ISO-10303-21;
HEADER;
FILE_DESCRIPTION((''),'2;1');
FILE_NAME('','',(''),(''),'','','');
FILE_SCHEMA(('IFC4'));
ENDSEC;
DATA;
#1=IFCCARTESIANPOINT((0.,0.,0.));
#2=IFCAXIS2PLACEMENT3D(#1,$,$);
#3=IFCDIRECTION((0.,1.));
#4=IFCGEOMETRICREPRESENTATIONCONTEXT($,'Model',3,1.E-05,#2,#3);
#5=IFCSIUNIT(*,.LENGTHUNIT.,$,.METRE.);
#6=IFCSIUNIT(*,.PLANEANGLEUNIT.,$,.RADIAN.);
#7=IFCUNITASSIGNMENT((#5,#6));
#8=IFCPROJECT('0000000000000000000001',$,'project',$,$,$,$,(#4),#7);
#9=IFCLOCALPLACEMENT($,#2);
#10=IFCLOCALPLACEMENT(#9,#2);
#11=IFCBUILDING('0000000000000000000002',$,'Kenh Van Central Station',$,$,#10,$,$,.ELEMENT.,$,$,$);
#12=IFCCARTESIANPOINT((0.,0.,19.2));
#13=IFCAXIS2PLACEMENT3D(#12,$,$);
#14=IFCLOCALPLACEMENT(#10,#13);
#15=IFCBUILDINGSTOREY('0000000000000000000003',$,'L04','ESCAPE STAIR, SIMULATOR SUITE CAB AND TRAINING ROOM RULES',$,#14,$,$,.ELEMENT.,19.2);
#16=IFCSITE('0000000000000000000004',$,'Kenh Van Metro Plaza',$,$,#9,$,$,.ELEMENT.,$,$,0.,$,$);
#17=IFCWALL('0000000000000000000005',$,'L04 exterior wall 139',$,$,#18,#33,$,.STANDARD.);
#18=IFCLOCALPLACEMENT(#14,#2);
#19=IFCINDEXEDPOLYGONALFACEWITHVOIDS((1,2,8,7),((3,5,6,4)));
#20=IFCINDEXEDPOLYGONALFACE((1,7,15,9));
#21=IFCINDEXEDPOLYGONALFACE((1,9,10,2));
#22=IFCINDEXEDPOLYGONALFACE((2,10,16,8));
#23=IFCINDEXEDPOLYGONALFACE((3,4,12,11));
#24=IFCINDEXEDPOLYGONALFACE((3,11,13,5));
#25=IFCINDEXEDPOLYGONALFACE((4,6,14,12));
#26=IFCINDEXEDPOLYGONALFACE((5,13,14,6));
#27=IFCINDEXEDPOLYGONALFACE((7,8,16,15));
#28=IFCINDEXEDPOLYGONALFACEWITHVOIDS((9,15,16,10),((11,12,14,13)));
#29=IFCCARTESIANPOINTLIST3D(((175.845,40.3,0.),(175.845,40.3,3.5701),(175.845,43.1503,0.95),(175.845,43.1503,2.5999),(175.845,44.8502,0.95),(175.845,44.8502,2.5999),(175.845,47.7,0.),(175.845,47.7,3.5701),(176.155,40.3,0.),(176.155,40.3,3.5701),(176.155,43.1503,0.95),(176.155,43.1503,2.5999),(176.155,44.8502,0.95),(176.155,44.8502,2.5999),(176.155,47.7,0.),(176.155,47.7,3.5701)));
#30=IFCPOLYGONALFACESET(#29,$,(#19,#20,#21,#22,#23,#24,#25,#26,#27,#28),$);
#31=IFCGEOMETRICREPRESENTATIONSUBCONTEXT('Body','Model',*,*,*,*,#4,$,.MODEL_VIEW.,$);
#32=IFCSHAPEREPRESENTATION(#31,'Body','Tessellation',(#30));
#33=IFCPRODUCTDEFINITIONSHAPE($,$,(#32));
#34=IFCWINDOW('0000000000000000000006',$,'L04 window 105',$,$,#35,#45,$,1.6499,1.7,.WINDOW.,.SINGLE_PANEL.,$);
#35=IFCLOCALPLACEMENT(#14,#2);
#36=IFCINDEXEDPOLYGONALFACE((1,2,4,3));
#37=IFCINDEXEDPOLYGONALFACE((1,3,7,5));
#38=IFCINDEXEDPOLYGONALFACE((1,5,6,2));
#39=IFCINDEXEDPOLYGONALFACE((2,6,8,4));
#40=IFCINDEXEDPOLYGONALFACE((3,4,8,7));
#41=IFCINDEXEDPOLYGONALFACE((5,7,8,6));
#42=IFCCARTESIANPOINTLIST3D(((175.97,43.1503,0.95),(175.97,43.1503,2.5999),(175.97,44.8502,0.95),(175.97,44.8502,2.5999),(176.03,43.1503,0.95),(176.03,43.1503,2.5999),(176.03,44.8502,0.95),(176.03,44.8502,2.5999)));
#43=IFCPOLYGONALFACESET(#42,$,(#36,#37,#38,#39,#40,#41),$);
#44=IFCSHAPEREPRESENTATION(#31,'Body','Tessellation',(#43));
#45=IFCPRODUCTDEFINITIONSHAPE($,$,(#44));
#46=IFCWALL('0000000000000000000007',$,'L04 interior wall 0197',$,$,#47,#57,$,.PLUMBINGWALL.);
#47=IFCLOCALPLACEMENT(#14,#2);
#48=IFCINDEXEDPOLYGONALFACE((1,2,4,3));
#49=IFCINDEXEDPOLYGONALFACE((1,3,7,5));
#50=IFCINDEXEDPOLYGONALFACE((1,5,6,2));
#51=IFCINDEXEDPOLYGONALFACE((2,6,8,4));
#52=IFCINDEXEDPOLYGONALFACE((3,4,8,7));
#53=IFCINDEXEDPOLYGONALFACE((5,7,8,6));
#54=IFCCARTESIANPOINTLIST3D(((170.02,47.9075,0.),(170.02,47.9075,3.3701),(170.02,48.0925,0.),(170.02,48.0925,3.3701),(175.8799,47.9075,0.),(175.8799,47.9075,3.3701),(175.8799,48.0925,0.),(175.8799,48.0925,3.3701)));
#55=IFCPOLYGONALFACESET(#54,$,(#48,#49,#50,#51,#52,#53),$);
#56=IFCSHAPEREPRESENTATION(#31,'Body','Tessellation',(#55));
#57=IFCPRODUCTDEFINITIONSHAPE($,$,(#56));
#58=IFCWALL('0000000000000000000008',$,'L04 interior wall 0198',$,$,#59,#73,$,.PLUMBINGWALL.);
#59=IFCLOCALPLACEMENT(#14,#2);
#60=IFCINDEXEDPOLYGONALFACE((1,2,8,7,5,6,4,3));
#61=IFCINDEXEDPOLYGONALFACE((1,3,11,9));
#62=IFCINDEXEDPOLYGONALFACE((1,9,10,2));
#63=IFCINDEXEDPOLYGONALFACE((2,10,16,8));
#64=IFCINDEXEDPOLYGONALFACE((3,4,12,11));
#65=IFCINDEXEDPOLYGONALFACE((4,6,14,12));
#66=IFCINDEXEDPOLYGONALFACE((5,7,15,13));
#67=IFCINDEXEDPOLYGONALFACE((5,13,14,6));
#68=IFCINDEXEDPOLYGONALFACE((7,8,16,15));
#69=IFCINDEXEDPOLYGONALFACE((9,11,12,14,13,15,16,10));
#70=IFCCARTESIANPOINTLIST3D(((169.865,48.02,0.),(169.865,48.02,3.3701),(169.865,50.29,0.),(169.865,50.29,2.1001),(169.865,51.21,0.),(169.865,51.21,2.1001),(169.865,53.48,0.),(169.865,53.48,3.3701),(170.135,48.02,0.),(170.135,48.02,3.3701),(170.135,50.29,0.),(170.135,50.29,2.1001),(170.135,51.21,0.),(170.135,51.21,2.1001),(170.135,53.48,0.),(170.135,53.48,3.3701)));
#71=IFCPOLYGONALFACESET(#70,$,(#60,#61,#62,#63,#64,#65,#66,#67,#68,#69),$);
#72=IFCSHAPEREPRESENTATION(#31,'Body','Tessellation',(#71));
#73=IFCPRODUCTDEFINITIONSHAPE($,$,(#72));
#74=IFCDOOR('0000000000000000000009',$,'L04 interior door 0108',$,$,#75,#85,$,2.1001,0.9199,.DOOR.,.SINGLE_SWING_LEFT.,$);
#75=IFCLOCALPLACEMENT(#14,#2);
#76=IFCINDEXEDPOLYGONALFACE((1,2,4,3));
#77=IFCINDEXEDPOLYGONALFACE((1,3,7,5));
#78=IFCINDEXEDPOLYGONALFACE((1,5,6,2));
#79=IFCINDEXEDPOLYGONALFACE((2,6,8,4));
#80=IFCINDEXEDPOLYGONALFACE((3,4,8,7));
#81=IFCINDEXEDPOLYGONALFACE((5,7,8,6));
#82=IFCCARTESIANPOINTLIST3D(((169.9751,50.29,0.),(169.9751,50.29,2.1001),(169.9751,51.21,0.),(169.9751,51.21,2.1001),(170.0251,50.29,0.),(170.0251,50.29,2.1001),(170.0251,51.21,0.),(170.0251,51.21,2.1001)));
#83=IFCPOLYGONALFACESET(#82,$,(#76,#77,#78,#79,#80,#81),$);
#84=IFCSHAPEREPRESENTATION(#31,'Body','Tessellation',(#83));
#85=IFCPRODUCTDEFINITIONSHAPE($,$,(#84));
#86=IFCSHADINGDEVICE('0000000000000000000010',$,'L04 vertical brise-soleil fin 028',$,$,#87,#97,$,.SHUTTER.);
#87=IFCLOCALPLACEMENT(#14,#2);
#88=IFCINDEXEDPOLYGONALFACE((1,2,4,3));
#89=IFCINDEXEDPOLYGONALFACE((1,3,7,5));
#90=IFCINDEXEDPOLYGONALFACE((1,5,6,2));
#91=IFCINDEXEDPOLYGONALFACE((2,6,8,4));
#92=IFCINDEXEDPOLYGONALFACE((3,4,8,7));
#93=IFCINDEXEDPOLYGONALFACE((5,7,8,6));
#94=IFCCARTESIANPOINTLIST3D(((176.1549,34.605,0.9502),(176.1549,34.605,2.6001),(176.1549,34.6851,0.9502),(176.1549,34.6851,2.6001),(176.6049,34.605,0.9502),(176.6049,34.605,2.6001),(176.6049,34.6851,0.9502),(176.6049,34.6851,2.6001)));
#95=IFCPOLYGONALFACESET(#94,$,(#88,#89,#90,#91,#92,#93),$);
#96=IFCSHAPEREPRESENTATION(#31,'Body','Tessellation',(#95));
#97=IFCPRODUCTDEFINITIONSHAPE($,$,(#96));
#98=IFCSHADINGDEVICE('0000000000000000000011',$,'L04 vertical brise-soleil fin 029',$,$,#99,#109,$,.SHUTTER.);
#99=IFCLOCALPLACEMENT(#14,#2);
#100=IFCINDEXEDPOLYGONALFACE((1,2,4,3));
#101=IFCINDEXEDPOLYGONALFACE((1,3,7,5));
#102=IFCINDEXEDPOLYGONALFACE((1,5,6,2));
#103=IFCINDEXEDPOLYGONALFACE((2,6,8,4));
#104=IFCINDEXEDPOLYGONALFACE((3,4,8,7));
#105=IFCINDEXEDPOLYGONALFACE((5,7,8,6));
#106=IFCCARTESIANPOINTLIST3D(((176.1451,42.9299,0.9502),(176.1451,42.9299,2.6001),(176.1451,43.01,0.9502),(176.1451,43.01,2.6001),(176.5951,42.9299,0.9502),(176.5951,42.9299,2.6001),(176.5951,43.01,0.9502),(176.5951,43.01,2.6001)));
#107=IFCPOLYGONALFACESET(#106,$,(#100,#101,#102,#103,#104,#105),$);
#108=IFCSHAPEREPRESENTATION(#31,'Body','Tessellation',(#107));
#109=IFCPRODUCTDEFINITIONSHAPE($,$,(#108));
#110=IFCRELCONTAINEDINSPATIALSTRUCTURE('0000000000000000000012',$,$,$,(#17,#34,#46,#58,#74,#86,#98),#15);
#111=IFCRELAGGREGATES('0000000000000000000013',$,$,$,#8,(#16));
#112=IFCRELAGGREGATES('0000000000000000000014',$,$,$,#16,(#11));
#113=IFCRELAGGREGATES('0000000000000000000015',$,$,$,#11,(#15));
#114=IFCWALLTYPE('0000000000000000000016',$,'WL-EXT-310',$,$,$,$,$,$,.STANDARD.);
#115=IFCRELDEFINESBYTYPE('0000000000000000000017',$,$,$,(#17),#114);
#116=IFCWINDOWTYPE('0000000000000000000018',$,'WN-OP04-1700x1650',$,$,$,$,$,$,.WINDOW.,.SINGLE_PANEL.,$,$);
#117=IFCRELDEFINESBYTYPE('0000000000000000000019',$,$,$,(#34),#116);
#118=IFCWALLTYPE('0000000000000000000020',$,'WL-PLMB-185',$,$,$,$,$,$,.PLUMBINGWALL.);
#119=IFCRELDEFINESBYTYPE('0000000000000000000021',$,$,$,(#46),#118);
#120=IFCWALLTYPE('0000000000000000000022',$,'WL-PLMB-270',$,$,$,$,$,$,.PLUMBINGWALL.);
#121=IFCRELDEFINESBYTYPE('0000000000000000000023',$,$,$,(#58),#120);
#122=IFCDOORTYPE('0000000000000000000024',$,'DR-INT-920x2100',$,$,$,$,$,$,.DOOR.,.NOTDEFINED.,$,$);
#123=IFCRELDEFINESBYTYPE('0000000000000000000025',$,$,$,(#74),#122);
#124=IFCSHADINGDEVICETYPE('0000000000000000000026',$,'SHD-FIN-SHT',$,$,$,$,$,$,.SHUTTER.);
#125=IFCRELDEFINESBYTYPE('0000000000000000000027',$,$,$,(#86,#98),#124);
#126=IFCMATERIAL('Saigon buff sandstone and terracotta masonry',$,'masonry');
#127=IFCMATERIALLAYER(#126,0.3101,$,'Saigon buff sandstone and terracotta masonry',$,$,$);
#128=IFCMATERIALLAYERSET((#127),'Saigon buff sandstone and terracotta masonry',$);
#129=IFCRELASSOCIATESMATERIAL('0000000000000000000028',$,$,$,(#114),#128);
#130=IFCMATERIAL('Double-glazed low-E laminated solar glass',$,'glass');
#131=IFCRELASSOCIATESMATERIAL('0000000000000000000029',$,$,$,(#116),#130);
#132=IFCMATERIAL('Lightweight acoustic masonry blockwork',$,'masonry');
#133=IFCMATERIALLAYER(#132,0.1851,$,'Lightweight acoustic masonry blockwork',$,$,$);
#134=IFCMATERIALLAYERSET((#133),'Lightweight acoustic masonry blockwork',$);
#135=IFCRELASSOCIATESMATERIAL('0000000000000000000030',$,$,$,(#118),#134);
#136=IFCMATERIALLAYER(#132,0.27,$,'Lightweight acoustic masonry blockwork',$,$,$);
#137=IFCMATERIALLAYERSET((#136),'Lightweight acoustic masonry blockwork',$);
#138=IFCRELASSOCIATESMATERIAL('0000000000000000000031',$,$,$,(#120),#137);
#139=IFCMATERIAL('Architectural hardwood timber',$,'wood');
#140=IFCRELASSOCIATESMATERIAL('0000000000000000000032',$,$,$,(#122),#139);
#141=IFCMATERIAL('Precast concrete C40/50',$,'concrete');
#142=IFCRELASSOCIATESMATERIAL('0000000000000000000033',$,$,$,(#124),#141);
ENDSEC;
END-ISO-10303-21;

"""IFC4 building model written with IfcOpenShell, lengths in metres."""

from ifc_helpers import new_model, si_unit, direction, frame, frame_2d, origin, origin_2d, place, context, subcontext, project, spatial, rectangle, extrude, material, layer, layer_set, type_object, element, fill, save


model = new_model("IFC4")

# Units and contexts
model_context = context("Model", 3, precision=1e-05, world=origin(), true_north=direction((0.0, 1.0)))
body_context = subcontext(model_context, "Body", "Model", "MODEL_VIEW")
ifc_project = project(units=[si_unit("LENGTHUNIT", "METRE"), si_unit("PLANEANGLEUNIT", "RADIAN")], contexts=[model_context])

# Site, building, storey
site_placement = place(None, origin())
site = spatial("IfcSite", under=ifc_project, at=site_placement, Name="Kenh Van Metro Plaza", CompositionType="ELEMENT", RefElevation=0.0)
building_placement = place(site_placement, origin())
building = spatial("IfcBuilding", under=site, at=building_placement, Name="Kenh Van Central Station", CompositionType="ELEMENT")
storey_placement = place(building_placement, frame((0.0, 0.0, 19.2)))
storey = spatial("IfcBuildingStorey", under=building, at=storey_placement, Name="L04", Description="ESCAPE STAIR, SIMULATOR SUITE CAB AND TRAINING ROOM RULES", CompositionType="ELEMENT", Elevation=19.2)

# Wall, opening, window
ifc_material_1 = material(Name="Saigon buff sandstone and terracotta masonry", Category="masonry")
ifc_material_2 = material(Name="Double-glazed low-E laminated solar glass", Category="glass")
ifc_layer_1 = layer(ifc_material_1, 0.3101, Name="Saigon buff sandstone and terracotta masonry")
ifc_layer_set_1 = layer_set([ifc_layer_1], Name="Saigon buff sandstone and terracotta masonry")
wall_type_1 = type_object("IfcWallType", Name="WL-EXT-310", PredefinedType="STANDARD", material=ifc_layer_set_1)
wall_1_placement = place(storey_placement, frame((176.0, 40.3, 0.0), z_axis=(0.0, 0.0, 1.0), x_axis=(0.0, 1.0, 0.0)))
wall_1 = element("IfcWall", 1, at=wall_1_placement, inside=storey, type_object=wall_type_1, Name="L04 exterior wall 139", PredefinedType="STANDARD", context=body_context, shape_type="SweptSolid", body=[
    extrude(rectangle(XDim=7.3999, YDim=0.3101, at=frame_2d((3.7, 0.0))), origin(), (0.0, 0.0, 1.0), 3.5701),
])
opening_1_placement = place(wall_1_placement, frame((2.8501, 0.0, 0.95)))
opening_1 = element("IfcOpeningElement", 2, at=opening_1_placement, cuts=wall_1, PredefinedType="OPENING", context=body_context, shape_type="SweptSolid", body=[
    extrude(rectangle(XDim=1.7, YDim=1.6499, at=frame_2d((0.8501, 0.825))), frame((0.0, 0.165, 0.0), z_axis=(0.0, -1.0, 0.0), x_axis=(1.0, 0.0, 0.0)), (0.0, 0.0, 1.0), 0.3301),
])
window_type_1 = type_object("IfcWindowType", Name="WN-OP04-1700x1650", PartitioningType="SINGLE_PANEL", PredefinedType="WINDOW", material=ifc_material_2)
window_1_placement = place(opening_1_placement, origin())
window_1 = element("IfcWindow", 3, at=window_1_placement, inside=storey, type_object=window_type_1, Name="L04 window 105", OverallHeight=1.6499, OverallWidth=1.7, PartitioningType="SINGLE_PANEL", PredefinedType="WINDOW", context=body_context, shape_type="SweptSolid", body=[
    extrude(rectangle(XDim=1.7, YDim=1.6499, at=frame_2d((0.8501, 0.825))), frame((0.0, 0.03, 0.0), z_axis=(0.0, -1.0, 0.0), x_axis=(1.0, 0.0, 0.0)), (0.0, 0.0, 1.0), 0.0601),
])
fill(opening_1, window_1)

# Wall
ifc_material_3 = material(Name="Lightweight acoustic masonry blockwork", Category="masonry")
ifc_layer_2 = layer(ifc_material_3, 0.1851, Name="Lightweight acoustic masonry blockwork")
ifc_layer_set_2 = layer_set([ifc_layer_2], Name="Lightweight acoustic masonry blockwork")
wall_type_2 = type_object("IfcWallType", Name="WL-PLMB-185", PredefinedType="PLUMBINGWALL", material=ifc_layer_set_2)
wall_2_placement = place(storey_placement, frame((170.02, 48.0, 0.0), z_axis=(0.0, 0.0, 1.0), x_axis=(1.0, 0.0, 0.0)))
element("IfcWall", 4, at=wall_2_placement, inside=storey, type_object=wall_type_2, Name="L04 interior wall 0197", PredefinedType="PLUMBINGWALL", context=body_context, shape_type="SweptSolid", body=[
    extrude(rectangle(XDim=5.8599, YDim=0.1851, at=frame_2d((2.9299, 0.0))), origin(), (0.0, 0.0, 1.0), 3.3701),
])

# Wall, opening, door
ifc_layer_3 = layer(ifc_material_3, 0.27, Name="Lightweight acoustic masonry blockwork")
ifc_layer_set_3 = layer_set([ifc_layer_3], Name="Lightweight acoustic masonry blockwork")
wall_type_3 = type_object("IfcWallType", Name="WL-PLMB-270", PredefinedType="PLUMBINGWALL", material=ifc_layer_set_3)
wall_3_placement = place(storey_placement, frame((170.0, 48.02, 0.0), z_axis=(0.0, 0.0, 1.0), x_axis=(0.0, 1.0, 0.0)))
wall_3 = element("IfcWall", 5, at=wall_3_placement, inside=storey, type_object=wall_type_3, Name="L04 interior wall 0198", PredefinedType="PLUMBINGWALL", context=body_context, shape_type="SweptSolid", body=[
    extrude(rectangle(XDim=5.46, YDim=0.27, at=frame_2d((2.73, 0.0))), origin(), (0.0, 0.0, 1.0), 3.3701),
])
opening_2_placement = place(wall_3_placement, frame((2.27, 0.0, 0.0)))
opening_2 = element("IfcOpeningElement", 6, at=opening_2_placement, cuts=wall_3, PredefinedType="OPENING", context=body_context, shape_type="SweptSolid", body=[
    extrude(rectangle(XDim=0.9199, YDim=2.1001, at=frame_2d((0.46, 1.05))), frame((0.0, 0.145, 0.0), z_axis=(0.0, -1.0, 0.0), x_axis=(1.0, 0.0, 0.0)), (0.0, 0.0, 1.0), 0.29),
])
ifc_material_4 = material(Name="Architectural hardwood timber", Category="wood")
door_type = type_object("IfcDoorType", Name="DR-INT-920x2100", OperationType="NOTDEFINED", PredefinedType="DOOR", material=ifc_material_4)
door_placement = place(opening_2_placement, origin())
door = element("IfcDoor", 7, at=door_placement, inside=storey, type_object=door_type, Name="L04 interior door 0108", OperationType="SINGLE_SWING_LEFT", OverallHeight=2.1001, OverallWidth=0.9199, PredefinedType="DOOR", context=body_context, shape_type="SweptSolid", body=[
    extrude(rectangle(XDim=0.9199, YDim=2.1001, at=frame_2d((0.46, 1.05))), frame((0.0, 0.0249, 0.0), z_axis=(0.0, -1.0, 0.0), x_axis=(1.0, 0.0, 0.0)), (0.0, 0.0, 1.0), 0.05),
])
fill(opening_2, door)

# Shading devices
ifc_material_5 = material(Name="Precast concrete C40/50", Category="concrete")
shading_device_type = type_object("IfcShadingDeviceType", Name="SHD-FIN-SHT", PredefinedType="SHUTTER", material=ifc_material_5)
for number, where, z_axis, x_axis, name in (
    (8, (176.3799, 34.645, 0.9502), (0.0, 0.0, 1.0), (1.0, 0.0, 0.0), "L04 vertical brise-soleil fin 028"),
    (9, (176.3701, 42.97, 0.9502), (0.0, 0.0, 1.0), (1.0, 0.0, 0.0), "L04 vertical brise-soleil fin 029"),
):
    element("IfcShadingDevice", number, at=place(storey_placement, frame(where, z_axis=z_axis, x_axis=x_axis)), inside=storey, type_object=shading_device_type, Name=name, PredefinedType="SHUTTER", context=body_context, shape_type="SweptSolid", body=[
        extrude(rectangle(XDim=0.45, YDim=0.0801, at=origin_2d()), origin(), (0.0, 0.0, 1.0), 1.6499),
    ])

save(model, "model.ifc")
